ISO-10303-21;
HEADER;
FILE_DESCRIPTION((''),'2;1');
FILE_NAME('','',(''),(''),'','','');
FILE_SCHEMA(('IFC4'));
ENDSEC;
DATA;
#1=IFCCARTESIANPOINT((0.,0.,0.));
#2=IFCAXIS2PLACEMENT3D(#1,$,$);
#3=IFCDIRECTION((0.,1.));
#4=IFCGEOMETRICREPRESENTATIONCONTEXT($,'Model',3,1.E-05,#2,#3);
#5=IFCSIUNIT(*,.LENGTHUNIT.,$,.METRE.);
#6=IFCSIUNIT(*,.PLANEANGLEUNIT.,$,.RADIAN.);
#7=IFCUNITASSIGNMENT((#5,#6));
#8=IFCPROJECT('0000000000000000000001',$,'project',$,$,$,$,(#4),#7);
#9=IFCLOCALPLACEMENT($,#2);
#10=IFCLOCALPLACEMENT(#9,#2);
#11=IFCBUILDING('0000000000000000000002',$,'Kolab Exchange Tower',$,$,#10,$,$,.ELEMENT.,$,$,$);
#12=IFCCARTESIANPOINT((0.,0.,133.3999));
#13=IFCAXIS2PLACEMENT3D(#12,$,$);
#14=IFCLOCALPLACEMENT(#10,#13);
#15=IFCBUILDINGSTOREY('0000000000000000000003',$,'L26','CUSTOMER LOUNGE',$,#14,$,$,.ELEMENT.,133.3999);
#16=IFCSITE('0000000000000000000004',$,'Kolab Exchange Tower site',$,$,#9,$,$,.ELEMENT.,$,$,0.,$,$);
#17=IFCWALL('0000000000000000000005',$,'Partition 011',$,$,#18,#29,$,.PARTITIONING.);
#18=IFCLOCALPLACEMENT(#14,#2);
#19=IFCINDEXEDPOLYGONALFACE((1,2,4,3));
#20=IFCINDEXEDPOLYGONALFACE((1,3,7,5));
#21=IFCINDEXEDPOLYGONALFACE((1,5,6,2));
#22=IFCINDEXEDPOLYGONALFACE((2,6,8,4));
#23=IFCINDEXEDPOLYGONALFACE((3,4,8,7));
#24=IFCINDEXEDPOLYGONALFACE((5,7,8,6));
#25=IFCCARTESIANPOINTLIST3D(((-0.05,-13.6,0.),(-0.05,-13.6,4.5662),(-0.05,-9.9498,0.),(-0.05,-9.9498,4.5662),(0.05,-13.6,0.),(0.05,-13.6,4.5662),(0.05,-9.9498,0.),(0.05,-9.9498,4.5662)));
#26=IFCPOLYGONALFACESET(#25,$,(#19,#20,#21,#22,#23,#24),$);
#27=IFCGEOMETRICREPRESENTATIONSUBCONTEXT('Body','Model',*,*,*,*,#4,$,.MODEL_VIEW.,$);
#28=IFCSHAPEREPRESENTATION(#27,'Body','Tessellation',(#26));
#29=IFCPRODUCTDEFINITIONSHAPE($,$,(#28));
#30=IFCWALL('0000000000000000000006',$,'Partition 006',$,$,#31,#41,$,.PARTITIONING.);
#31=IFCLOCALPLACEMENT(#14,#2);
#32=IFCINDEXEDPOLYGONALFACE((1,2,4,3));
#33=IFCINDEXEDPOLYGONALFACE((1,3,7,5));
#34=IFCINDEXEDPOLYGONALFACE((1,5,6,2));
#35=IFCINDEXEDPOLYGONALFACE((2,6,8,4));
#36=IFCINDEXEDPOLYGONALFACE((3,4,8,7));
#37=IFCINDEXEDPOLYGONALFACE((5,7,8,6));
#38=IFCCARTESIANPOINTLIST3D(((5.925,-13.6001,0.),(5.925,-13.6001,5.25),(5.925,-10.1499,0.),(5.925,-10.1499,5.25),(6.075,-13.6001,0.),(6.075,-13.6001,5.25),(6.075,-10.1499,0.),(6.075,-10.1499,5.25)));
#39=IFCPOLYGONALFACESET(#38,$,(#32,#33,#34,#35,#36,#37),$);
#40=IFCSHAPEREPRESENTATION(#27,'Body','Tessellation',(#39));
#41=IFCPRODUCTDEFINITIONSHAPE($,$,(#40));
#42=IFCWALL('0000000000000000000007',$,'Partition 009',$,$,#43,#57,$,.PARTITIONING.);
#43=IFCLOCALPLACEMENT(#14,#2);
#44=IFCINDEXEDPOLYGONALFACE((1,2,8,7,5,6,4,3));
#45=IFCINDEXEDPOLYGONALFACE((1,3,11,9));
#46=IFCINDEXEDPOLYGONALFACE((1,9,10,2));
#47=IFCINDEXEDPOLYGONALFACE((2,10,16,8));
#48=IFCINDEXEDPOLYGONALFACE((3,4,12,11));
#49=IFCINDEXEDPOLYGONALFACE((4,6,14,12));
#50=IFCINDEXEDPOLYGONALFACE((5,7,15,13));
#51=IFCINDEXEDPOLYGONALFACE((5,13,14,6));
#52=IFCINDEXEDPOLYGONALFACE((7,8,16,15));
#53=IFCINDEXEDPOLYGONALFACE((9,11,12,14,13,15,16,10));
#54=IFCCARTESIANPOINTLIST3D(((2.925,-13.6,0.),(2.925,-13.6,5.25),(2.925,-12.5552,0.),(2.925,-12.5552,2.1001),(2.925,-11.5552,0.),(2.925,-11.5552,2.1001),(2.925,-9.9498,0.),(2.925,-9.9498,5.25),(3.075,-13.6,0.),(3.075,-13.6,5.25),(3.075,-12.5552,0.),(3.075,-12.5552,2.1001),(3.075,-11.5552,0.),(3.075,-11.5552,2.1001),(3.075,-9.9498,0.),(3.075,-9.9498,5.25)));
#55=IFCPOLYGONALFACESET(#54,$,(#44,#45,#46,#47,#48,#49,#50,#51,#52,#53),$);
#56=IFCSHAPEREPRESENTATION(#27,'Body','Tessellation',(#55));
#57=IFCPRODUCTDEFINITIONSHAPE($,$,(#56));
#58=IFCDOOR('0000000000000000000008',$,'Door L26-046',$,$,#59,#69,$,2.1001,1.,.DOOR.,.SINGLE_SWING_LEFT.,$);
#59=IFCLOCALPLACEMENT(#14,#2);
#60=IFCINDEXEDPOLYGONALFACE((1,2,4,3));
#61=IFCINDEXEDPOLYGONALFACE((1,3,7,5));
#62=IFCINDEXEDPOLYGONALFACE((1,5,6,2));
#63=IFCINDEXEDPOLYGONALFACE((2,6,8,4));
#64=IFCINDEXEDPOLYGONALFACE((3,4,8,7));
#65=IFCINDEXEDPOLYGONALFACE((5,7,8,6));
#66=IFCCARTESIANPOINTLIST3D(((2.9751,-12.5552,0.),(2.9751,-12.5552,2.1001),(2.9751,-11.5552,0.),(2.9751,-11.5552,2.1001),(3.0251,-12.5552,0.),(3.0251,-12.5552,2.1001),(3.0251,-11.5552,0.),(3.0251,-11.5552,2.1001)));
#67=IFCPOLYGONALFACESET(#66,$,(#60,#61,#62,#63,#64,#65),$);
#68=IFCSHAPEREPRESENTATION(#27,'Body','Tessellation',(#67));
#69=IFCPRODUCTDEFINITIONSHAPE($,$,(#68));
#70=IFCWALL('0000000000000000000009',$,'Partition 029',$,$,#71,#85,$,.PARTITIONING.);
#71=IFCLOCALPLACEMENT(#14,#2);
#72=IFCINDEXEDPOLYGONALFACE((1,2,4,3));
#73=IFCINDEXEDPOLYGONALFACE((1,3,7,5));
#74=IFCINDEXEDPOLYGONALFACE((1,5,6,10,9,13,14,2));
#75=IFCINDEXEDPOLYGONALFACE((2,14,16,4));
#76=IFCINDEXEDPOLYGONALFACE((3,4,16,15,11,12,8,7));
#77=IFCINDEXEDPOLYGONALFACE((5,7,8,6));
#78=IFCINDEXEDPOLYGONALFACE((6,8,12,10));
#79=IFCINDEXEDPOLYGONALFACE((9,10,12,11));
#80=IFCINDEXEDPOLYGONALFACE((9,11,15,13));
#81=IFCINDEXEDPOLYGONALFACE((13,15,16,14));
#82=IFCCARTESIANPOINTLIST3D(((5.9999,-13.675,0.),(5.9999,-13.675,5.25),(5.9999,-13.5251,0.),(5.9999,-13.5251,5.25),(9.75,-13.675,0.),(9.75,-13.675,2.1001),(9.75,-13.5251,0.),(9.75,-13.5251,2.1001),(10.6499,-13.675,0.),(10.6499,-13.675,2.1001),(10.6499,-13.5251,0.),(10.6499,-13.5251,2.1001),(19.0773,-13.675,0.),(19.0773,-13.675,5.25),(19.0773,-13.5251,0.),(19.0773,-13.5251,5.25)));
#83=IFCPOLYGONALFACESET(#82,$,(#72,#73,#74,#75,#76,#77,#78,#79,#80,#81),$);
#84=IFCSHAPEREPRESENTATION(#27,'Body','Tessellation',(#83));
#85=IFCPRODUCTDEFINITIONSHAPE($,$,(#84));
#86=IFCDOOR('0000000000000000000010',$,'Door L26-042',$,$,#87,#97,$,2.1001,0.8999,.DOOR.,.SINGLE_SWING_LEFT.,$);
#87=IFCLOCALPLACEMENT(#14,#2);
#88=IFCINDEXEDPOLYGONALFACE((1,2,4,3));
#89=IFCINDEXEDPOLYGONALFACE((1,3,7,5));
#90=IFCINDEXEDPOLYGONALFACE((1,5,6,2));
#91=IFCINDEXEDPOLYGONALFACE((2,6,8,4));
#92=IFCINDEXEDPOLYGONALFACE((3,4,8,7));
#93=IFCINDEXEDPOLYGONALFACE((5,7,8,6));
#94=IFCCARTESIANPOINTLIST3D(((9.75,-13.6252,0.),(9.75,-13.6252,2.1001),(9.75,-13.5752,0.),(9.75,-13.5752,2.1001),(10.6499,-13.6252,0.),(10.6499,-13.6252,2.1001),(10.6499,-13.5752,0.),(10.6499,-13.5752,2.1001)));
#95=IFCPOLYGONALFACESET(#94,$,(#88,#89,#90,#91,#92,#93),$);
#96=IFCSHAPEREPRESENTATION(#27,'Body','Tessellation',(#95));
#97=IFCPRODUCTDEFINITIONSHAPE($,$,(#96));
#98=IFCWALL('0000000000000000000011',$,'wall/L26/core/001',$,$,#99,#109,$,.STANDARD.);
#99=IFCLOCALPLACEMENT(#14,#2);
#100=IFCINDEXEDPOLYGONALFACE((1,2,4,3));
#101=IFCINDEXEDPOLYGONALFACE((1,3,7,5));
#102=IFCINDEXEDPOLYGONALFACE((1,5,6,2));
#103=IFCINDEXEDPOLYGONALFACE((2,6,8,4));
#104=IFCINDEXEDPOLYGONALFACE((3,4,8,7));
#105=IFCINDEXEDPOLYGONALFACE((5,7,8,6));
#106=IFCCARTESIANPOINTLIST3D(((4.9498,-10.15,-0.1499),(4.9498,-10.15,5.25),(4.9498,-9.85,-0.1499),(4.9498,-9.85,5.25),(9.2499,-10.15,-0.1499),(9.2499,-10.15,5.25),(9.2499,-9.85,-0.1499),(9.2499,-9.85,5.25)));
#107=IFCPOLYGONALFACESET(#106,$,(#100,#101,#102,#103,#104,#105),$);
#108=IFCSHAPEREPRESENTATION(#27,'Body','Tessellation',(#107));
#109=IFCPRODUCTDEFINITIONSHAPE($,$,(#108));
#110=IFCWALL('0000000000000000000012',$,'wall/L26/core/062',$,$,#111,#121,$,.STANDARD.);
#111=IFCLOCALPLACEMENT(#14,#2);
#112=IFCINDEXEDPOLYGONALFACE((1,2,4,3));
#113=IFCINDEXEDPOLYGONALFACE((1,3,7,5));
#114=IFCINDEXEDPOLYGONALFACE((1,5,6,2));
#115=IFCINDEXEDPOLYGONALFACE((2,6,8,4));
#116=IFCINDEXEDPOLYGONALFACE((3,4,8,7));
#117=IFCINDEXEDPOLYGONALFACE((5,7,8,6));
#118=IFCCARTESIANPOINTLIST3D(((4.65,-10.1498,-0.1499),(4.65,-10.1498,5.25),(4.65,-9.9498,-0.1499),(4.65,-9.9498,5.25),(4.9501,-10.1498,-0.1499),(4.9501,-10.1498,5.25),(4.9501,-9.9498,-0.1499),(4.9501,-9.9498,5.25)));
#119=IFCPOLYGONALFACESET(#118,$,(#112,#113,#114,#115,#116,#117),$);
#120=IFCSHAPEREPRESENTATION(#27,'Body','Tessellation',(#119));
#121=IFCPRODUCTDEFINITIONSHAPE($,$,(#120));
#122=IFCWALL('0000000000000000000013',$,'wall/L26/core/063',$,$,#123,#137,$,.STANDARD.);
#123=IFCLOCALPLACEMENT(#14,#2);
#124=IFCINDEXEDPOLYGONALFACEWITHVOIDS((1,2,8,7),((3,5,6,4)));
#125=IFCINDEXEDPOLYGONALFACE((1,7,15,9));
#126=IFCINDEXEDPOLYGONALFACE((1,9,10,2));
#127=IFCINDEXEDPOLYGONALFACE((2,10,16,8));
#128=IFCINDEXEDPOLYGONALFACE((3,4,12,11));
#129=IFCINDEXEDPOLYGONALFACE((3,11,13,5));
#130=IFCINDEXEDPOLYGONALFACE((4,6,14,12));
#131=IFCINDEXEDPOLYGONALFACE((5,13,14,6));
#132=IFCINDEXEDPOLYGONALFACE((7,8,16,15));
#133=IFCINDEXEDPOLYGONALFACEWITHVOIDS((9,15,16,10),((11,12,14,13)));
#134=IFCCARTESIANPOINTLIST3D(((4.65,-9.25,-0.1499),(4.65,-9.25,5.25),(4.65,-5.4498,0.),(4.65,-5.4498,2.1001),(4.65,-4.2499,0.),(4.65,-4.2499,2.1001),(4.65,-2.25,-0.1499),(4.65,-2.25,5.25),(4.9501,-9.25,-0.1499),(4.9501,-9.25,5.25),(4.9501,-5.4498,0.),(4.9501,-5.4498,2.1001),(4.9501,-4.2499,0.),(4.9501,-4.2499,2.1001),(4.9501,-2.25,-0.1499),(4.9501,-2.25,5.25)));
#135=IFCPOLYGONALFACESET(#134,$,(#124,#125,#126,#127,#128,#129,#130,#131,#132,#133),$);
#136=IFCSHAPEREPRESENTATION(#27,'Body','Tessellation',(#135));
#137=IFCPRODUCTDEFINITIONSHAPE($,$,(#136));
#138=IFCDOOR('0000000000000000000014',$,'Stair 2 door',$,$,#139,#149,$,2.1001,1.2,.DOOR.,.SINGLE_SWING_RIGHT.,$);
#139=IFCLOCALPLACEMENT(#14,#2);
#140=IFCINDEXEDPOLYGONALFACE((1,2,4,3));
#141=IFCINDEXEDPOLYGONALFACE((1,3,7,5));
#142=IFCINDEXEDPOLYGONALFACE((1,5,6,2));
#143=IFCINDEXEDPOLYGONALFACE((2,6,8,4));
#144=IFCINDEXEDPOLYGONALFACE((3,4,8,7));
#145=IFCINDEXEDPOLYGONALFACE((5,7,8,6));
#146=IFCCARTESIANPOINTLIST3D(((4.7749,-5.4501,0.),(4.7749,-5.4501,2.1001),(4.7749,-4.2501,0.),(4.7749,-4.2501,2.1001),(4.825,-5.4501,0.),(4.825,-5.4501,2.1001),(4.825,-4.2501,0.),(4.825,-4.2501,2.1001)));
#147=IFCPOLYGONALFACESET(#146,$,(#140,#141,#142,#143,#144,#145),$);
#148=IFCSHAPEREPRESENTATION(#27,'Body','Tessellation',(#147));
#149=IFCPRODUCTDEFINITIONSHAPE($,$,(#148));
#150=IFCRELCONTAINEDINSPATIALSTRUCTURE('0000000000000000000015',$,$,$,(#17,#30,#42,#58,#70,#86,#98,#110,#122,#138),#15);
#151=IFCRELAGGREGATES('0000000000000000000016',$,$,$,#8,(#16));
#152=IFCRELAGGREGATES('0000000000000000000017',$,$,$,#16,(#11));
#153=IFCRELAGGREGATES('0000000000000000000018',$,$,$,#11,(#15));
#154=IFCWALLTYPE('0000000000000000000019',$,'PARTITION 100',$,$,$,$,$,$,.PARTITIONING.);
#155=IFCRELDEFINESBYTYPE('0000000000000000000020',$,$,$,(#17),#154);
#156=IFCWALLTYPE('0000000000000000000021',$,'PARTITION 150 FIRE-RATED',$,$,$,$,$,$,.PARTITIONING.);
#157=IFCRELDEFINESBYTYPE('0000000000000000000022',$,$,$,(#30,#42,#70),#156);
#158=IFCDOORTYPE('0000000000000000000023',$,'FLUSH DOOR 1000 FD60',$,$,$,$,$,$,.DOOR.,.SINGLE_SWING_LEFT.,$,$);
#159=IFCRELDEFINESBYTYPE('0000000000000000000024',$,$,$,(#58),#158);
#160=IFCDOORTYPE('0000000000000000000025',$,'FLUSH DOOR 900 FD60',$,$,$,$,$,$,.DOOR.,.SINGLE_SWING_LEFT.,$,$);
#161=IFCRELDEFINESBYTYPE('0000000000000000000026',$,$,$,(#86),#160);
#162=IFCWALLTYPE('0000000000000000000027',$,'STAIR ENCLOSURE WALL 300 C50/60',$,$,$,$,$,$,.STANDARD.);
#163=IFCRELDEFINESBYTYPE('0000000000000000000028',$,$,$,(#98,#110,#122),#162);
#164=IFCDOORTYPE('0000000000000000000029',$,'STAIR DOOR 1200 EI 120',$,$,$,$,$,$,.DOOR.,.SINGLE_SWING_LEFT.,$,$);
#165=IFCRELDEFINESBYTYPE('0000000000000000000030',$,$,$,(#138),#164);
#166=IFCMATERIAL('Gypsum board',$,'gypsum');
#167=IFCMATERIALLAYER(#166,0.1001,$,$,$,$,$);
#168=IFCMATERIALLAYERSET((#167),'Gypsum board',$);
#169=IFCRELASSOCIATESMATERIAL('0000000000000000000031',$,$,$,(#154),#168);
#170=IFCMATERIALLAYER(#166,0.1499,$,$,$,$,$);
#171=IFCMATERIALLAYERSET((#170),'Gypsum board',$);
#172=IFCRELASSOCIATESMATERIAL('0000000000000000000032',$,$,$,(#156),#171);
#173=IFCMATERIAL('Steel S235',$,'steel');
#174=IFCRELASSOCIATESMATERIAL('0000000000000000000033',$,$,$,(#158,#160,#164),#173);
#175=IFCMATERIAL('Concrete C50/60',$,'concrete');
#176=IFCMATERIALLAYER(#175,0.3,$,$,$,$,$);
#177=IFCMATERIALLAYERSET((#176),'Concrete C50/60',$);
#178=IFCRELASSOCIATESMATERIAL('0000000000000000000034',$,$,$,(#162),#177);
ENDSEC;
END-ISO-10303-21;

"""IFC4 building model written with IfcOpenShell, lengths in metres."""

from ifc_helpers import new_model, si_unit, direction, frame, frame_2d, origin, place, context, subcontext, project, spatial, rectangle, extrude, material, layer, layer_set, type_object, element, fill, save


model = new_model("IFC4")

# Units and contexts
model_context = context("Model", 3, precision=1e-05, world=origin(), true_north=direction((0.0, 1.0)))
body_context = subcontext(model_context, "Body", "Model", "MODEL_VIEW")
ifc_project = project(units=[si_unit("LENGTHUNIT", "METRE"), si_unit("PLANEANGLEUNIT", "RADIAN")], contexts=[model_context])

# Site, building, storey
site_placement = place(None, origin())
site = spatial("IfcSite", under=ifc_project, at=site_placement, Name="Kolab Exchange Tower site", CompositionType="ELEMENT", RefElevation=0.0)
building_placement = place(site_placement, origin())
building = spatial("IfcBuilding", under=site, at=building_placement, Name="Kolab Exchange Tower", CompositionType="ELEMENT")
storey_placement = place(building_placement, frame((0.0, 0.0, 133.3999)))
storey = spatial("IfcBuildingStorey", under=building, at=storey_placement, Name="L26", Description="CUSTOMER LOUNGE", CompositionType="ELEMENT", Elevation=133.3999)

# Shared definitions
ifc_material_1 = material(Name="Concrete C50/60", Category="concrete")

# Walls
ifc_material_2 = material(Name="Gypsum board", Category="gypsum")
ifc_layer_1 = layer(ifc_material_2, 0.1001)
ifc_layer_set_1 = layer_set([ifc_layer_1], Name="Gypsum board")
wall_type_1 = type_object("IfcWallType", Name="PARTITION 100", PredefinedType="PARTITIONING", material=ifc_layer_set_1)
wall_1_placement = place(storey_placement, frame((0.0, -13.6001, 0.0), z_axis=(0.0, 0.0, 1.0), x_axis=(0.0, 1.0, 0.0)))
element("IfcWall", 1, at=wall_1_placement, inside=storey, type_object=wall_type_1, Name="Partition 011", PredefinedType="PARTITIONING", context=body_context, shape_type="SweptSolid", body=[
    extrude(rectangle(XDim=3.6501, YDim=0.1001, at=frame_2d((1.8252, 0.0))), origin(), (0.0, 0.0, 1.0), 4.5662),
])
ifc_layer_2 = layer(ifc_material_2, 0.1499)
ifc_layer_set_2 = layer_set([ifc_layer_2], Name="Gypsum board")
wall_type_2 = type_object("IfcWallType", Name="PARTITION 150 FIRE-RATED", PredefinedType="PARTITIONING", material=ifc_layer_set_2)
wall_2_placement = place(storey_placement, frame((6.0, -13.6001, 0.0), z_axis=(0.0, 0.0, 1.0), x_axis=(0.0, 1.0, 0.0)))
element("IfcWall", 2, at=wall_2_placement, inside=storey, type_object=wall_type_2, Name="Partition 006", PredefinedType="PARTITIONING", context=body_context, shape_type="SweptSolid", body=[
    extrude(rectangle(XDim=3.4502, YDim=0.1499, at=frame_2d((1.7251, 0.0))), origin(), (0.0, 0.0, 1.0), 5.25),
])

# Walls, openings, doors
wall_3_placement = place(storey_placement, frame((3.0, -13.6001, 0.0), z_axis=(0.0, 0.0, 1.0), x_axis=(0.0, 1.0, 0.0)))
wall_3 = element("IfcWall", 3, at=wall_3_placement, inside=storey, type_object=wall_type_2, Name="Partition 009", PredefinedType="PARTITIONING", context=body_context, shape_type="SweptSolid", body=[
    extrude(rectangle(XDim=3.6501, YDim=0.1499, at=frame_2d((1.8252, 0.0))), origin(), (0.0, 0.0, 1.0), 5.25),
])
opening_1_placement = place(wall_3_placement, frame((1.0449, 0.0, 0.0)))
opening_1 = element("IfcOpeningElement", 4, at=opening_1_placement, cuts=wall_3, PredefinedType="OPENING", context=body_context, shape_type="SweptSolid", body=[
    extrude(rectangle(XDim=1.0, YDim=2.1001, at=frame_2d((0.5, 1.05))), frame((0.0, 0.085, 0.0), z_axis=(0.0, -1.0, 0.0), x_axis=(1.0, 0.0, 0.0)), (0.0, 0.0, 1.0), 0.1699),
])
ifc_material_3 = material(Name="Steel S235", Category="steel")
door_type_1 = type_object("IfcDoorType", Name="FLUSH DOOR 1000 FD60", OperationType="SINGLE_SWING_LEFT", PredefinedType="DOOR", material=ifc_material_3)
door_1_placement = place(opening_1_placement, origin())
door_1 = element("IfcDoor", 5, at=door_1_placement, inside=storey, type_object=door_type_1, Name="Door L26-046", OperationType="SINGLE_SWING_LEFT", OverallHeight=2.1001, OverallWidth=1.0, PredefinedType="DOOR", context=body_context, shape_type="SweptSolid", body=[
    extrude(rectangle(XDim=1.0, YDim=2.1001, at=frame_2d((0.5, 1.05))), frame((0.0, 0.0249, 0.0), z_axis=(0.0, -1.0, 0.0), x_axis=(1.0, 0.0, 0.0)), (0.0, 0.0, 1.0), 0.05),
])
fill(opening_1, door_1)
wall_4_placement = place(storey_placement, frame((6.0, -13.6001, 0.0), z_axis=(0.0, 0.0, 1.0), x_axis=(1.0, 0.0, 0.0)))
wall_4 = element("IfcWall", 6, at=wall_4_placement, inside=storey, type_object=wall_type_2, Name="Partition 029", PredefinedType="PARTITIONING", context=body_context, shape_type="SweptSolid", body=[
    extrude(rectangle(XDim=13.0774, YDim=0.1499, at=frame_2d((6.5386, 0.0))), origin(), (0.0, 0.0, 1.0), 5.25),
])
opening_2_placement = place(wall_4_placement, frame((3.75, 0.0, 0.0)))
opening_2 = element("IfcOpeningElement", 7, at=opening_2_placement, cuts=wall_4, PredefinedType="OPENING", context=body_context, shape_type="SweptSolid", body=[
    extrude(rectangle(XDim=0.8999, YDim=2.1001, at=frame_2d((0.45, 1.05))), frame((0.0, 0.085, 0.0), z_axis=(0.0, -1.0, 0.0), x_axis=(1.0, 0.0, 0.0)), (0.0, 0.0, 1.0), 0.1699),
])
door_type_2 = type_object("IfcDoorType", Name="FLUSH DOOR 900 FD60", OperationType="SINGLE_SWING_LEFT", PredefinedType="DOOR", material=ifc_material_3)
door_2_placement = place(opening_2_placement, origin())
door_2 = element("IfcDoor", 8, at=door_2_placement, inside=storey, type_object=door_type_2, Name="Door L26-042", OperationType="SINGLE_SWING_LEFT", OverallHeight=2.1001, OverallWidth=0.8999, PredefinedType="DOOR", context=body_context, shape_type="SweptSolid", body=[
    extrude(rectangle(XDim=0.8999, YDim=2.1001, at=frame_2d((0.45, 1.05))), frame((0.0, 0.0249, 0.0), z_axis=(0.0, -1.0, 0.0), x_axis=(1.0, 0.0, 0.0)), (0.0, 0.0, 1.0), 0.05),
])
fill(opening_2, door_2)

# Walls
ifc_layer_3 = layer(ifc_material_1, 0.3)
ifc_layer_set_3 = layer_set([ifc_layer_3], Name="Concrete C50/60")
wall_type_3 = type_object("IfcWallType", Name="STAIR ENCLOSURE WALL 300 C50/60", PredefinedType="STANDARD", material=ifc_layer_set_3)
wall_5_placement = place(storey_placement, frame((4.95, -10.0, -0.1499), z_axis=(0.0, 0.0, 1.0), x_axis=(1.0, 0.0, 0.0)))
element("IfcWall", 9, at=wall_5_placement, inside=storey, type_object=wall_type_3, Name="wall/L26/core/001", PredefinedType="STANDARD", context=body_context, shape_type="SweptSolid", body=[
    extrude(rectangle(XDim=4.3, YDim=0.3, at=frame_2d((2.1499, 0.0))), origin(), (0.0, 0.0, 1.0), 5.3999),
])
wall_6_placement = place(storey_placement, frame((4.8, -10.1499, -0.1499), z_axis=(0.0, 0.0, 1.0), x_axis=(0.0, 1.0, 0.0)))
element("IfcWall", 10, at=wall_6_placement, inside=storey, type_object=wall_type_3, Name="wall/L26/core/062", PredefinedType="STANDARD", context=body_context, shape_type="SweptSolid", body=[
    extrude(rectangle(XDim=0.2, YDim=0.3, at=frame_2d((0.1001, 0.0))), origin(), (0.0, 0.0, 1.0), 5.3999),
])

# Wall, opening, door
wall_7_placement = place(storey_placement, frame((4.8, -9.25, -0.1499), z_axis=(0.0, 0.0, 1.0), x_axis=(0.0, 1.0, 0.0)))
wall_7 = element("IfcWall", 11, at=wall_7_placement, inside=storey, type_object=wall_type_3, Name="wall/L26/core/063", PredefinedType="STANDARD", context=body_context, shape_type="SweptSolid", body=[
    extrude(rectangle(XDim=7.0, YDim=0.3, at=frame_2d((3.5, 0.0))), origin(), (0.0, 0.0, 1.0), 5.3999),
])
opening_3_placement = place(wall_7_placement, frame((3.8, 0.0, 0.1499)))
opening_3 = element("IfcOpeningElement", 12, at=opening_3_placement, cuts=wall_7, PredefinedType="OPENING", context=body_context, shape_type="SweptSolid", body=[
    extrude(rectangle(XDim=1.2, YDim=2.1001, at=frame_2d((0.6001, 1.05))), frame((0.0, 0.1602, 0.0), z_axis=(0.0, -1.0, 0.0), x_axis=(1.0, 0.0, 0.0)), (0.0, 0.0, 1.0), 0.3201),
])
door_type_3 = type_object("IfcDoorType", Name="STAIR DOOR 1200 EI 120", OperationType="SINGLE_SWING_LEFT", PredefinedType="DOOR", material=ifc_material_3)
door_3_placement = place(opening_3_placement, frame((1.2, 0.0, 0.0), z_axis=(0.0, 0.0, 1.0), x_axis=(-1.0, 0.0, 0.0)))
door_3 = element("IfcDoor", 13, at=door_3_placement, inside=storey, type_object=door_type_3, Name="Stair 2 door", OperationType="SINGLE_SWING_RIGHT", OverallHeight=2.1001, OverallWidth=1.2, PredefinedType="DOOR", context=body_context, shape_type="SweptSolid", body=[
    extrude(rectangle(XDim=1.2, YDim=2.1001, at=frame_2d((0.6001, 1.05))), frame((0.0, 0.0249, 0.0), z_axis=(0.0, -1.0, 0.0), x_axis=(1.0, 0.0, 0.0)), (0.0, 0.0, 1.0), 0.05),
])
fill(opening_3, door_3)

save(model, "model.ifc")
